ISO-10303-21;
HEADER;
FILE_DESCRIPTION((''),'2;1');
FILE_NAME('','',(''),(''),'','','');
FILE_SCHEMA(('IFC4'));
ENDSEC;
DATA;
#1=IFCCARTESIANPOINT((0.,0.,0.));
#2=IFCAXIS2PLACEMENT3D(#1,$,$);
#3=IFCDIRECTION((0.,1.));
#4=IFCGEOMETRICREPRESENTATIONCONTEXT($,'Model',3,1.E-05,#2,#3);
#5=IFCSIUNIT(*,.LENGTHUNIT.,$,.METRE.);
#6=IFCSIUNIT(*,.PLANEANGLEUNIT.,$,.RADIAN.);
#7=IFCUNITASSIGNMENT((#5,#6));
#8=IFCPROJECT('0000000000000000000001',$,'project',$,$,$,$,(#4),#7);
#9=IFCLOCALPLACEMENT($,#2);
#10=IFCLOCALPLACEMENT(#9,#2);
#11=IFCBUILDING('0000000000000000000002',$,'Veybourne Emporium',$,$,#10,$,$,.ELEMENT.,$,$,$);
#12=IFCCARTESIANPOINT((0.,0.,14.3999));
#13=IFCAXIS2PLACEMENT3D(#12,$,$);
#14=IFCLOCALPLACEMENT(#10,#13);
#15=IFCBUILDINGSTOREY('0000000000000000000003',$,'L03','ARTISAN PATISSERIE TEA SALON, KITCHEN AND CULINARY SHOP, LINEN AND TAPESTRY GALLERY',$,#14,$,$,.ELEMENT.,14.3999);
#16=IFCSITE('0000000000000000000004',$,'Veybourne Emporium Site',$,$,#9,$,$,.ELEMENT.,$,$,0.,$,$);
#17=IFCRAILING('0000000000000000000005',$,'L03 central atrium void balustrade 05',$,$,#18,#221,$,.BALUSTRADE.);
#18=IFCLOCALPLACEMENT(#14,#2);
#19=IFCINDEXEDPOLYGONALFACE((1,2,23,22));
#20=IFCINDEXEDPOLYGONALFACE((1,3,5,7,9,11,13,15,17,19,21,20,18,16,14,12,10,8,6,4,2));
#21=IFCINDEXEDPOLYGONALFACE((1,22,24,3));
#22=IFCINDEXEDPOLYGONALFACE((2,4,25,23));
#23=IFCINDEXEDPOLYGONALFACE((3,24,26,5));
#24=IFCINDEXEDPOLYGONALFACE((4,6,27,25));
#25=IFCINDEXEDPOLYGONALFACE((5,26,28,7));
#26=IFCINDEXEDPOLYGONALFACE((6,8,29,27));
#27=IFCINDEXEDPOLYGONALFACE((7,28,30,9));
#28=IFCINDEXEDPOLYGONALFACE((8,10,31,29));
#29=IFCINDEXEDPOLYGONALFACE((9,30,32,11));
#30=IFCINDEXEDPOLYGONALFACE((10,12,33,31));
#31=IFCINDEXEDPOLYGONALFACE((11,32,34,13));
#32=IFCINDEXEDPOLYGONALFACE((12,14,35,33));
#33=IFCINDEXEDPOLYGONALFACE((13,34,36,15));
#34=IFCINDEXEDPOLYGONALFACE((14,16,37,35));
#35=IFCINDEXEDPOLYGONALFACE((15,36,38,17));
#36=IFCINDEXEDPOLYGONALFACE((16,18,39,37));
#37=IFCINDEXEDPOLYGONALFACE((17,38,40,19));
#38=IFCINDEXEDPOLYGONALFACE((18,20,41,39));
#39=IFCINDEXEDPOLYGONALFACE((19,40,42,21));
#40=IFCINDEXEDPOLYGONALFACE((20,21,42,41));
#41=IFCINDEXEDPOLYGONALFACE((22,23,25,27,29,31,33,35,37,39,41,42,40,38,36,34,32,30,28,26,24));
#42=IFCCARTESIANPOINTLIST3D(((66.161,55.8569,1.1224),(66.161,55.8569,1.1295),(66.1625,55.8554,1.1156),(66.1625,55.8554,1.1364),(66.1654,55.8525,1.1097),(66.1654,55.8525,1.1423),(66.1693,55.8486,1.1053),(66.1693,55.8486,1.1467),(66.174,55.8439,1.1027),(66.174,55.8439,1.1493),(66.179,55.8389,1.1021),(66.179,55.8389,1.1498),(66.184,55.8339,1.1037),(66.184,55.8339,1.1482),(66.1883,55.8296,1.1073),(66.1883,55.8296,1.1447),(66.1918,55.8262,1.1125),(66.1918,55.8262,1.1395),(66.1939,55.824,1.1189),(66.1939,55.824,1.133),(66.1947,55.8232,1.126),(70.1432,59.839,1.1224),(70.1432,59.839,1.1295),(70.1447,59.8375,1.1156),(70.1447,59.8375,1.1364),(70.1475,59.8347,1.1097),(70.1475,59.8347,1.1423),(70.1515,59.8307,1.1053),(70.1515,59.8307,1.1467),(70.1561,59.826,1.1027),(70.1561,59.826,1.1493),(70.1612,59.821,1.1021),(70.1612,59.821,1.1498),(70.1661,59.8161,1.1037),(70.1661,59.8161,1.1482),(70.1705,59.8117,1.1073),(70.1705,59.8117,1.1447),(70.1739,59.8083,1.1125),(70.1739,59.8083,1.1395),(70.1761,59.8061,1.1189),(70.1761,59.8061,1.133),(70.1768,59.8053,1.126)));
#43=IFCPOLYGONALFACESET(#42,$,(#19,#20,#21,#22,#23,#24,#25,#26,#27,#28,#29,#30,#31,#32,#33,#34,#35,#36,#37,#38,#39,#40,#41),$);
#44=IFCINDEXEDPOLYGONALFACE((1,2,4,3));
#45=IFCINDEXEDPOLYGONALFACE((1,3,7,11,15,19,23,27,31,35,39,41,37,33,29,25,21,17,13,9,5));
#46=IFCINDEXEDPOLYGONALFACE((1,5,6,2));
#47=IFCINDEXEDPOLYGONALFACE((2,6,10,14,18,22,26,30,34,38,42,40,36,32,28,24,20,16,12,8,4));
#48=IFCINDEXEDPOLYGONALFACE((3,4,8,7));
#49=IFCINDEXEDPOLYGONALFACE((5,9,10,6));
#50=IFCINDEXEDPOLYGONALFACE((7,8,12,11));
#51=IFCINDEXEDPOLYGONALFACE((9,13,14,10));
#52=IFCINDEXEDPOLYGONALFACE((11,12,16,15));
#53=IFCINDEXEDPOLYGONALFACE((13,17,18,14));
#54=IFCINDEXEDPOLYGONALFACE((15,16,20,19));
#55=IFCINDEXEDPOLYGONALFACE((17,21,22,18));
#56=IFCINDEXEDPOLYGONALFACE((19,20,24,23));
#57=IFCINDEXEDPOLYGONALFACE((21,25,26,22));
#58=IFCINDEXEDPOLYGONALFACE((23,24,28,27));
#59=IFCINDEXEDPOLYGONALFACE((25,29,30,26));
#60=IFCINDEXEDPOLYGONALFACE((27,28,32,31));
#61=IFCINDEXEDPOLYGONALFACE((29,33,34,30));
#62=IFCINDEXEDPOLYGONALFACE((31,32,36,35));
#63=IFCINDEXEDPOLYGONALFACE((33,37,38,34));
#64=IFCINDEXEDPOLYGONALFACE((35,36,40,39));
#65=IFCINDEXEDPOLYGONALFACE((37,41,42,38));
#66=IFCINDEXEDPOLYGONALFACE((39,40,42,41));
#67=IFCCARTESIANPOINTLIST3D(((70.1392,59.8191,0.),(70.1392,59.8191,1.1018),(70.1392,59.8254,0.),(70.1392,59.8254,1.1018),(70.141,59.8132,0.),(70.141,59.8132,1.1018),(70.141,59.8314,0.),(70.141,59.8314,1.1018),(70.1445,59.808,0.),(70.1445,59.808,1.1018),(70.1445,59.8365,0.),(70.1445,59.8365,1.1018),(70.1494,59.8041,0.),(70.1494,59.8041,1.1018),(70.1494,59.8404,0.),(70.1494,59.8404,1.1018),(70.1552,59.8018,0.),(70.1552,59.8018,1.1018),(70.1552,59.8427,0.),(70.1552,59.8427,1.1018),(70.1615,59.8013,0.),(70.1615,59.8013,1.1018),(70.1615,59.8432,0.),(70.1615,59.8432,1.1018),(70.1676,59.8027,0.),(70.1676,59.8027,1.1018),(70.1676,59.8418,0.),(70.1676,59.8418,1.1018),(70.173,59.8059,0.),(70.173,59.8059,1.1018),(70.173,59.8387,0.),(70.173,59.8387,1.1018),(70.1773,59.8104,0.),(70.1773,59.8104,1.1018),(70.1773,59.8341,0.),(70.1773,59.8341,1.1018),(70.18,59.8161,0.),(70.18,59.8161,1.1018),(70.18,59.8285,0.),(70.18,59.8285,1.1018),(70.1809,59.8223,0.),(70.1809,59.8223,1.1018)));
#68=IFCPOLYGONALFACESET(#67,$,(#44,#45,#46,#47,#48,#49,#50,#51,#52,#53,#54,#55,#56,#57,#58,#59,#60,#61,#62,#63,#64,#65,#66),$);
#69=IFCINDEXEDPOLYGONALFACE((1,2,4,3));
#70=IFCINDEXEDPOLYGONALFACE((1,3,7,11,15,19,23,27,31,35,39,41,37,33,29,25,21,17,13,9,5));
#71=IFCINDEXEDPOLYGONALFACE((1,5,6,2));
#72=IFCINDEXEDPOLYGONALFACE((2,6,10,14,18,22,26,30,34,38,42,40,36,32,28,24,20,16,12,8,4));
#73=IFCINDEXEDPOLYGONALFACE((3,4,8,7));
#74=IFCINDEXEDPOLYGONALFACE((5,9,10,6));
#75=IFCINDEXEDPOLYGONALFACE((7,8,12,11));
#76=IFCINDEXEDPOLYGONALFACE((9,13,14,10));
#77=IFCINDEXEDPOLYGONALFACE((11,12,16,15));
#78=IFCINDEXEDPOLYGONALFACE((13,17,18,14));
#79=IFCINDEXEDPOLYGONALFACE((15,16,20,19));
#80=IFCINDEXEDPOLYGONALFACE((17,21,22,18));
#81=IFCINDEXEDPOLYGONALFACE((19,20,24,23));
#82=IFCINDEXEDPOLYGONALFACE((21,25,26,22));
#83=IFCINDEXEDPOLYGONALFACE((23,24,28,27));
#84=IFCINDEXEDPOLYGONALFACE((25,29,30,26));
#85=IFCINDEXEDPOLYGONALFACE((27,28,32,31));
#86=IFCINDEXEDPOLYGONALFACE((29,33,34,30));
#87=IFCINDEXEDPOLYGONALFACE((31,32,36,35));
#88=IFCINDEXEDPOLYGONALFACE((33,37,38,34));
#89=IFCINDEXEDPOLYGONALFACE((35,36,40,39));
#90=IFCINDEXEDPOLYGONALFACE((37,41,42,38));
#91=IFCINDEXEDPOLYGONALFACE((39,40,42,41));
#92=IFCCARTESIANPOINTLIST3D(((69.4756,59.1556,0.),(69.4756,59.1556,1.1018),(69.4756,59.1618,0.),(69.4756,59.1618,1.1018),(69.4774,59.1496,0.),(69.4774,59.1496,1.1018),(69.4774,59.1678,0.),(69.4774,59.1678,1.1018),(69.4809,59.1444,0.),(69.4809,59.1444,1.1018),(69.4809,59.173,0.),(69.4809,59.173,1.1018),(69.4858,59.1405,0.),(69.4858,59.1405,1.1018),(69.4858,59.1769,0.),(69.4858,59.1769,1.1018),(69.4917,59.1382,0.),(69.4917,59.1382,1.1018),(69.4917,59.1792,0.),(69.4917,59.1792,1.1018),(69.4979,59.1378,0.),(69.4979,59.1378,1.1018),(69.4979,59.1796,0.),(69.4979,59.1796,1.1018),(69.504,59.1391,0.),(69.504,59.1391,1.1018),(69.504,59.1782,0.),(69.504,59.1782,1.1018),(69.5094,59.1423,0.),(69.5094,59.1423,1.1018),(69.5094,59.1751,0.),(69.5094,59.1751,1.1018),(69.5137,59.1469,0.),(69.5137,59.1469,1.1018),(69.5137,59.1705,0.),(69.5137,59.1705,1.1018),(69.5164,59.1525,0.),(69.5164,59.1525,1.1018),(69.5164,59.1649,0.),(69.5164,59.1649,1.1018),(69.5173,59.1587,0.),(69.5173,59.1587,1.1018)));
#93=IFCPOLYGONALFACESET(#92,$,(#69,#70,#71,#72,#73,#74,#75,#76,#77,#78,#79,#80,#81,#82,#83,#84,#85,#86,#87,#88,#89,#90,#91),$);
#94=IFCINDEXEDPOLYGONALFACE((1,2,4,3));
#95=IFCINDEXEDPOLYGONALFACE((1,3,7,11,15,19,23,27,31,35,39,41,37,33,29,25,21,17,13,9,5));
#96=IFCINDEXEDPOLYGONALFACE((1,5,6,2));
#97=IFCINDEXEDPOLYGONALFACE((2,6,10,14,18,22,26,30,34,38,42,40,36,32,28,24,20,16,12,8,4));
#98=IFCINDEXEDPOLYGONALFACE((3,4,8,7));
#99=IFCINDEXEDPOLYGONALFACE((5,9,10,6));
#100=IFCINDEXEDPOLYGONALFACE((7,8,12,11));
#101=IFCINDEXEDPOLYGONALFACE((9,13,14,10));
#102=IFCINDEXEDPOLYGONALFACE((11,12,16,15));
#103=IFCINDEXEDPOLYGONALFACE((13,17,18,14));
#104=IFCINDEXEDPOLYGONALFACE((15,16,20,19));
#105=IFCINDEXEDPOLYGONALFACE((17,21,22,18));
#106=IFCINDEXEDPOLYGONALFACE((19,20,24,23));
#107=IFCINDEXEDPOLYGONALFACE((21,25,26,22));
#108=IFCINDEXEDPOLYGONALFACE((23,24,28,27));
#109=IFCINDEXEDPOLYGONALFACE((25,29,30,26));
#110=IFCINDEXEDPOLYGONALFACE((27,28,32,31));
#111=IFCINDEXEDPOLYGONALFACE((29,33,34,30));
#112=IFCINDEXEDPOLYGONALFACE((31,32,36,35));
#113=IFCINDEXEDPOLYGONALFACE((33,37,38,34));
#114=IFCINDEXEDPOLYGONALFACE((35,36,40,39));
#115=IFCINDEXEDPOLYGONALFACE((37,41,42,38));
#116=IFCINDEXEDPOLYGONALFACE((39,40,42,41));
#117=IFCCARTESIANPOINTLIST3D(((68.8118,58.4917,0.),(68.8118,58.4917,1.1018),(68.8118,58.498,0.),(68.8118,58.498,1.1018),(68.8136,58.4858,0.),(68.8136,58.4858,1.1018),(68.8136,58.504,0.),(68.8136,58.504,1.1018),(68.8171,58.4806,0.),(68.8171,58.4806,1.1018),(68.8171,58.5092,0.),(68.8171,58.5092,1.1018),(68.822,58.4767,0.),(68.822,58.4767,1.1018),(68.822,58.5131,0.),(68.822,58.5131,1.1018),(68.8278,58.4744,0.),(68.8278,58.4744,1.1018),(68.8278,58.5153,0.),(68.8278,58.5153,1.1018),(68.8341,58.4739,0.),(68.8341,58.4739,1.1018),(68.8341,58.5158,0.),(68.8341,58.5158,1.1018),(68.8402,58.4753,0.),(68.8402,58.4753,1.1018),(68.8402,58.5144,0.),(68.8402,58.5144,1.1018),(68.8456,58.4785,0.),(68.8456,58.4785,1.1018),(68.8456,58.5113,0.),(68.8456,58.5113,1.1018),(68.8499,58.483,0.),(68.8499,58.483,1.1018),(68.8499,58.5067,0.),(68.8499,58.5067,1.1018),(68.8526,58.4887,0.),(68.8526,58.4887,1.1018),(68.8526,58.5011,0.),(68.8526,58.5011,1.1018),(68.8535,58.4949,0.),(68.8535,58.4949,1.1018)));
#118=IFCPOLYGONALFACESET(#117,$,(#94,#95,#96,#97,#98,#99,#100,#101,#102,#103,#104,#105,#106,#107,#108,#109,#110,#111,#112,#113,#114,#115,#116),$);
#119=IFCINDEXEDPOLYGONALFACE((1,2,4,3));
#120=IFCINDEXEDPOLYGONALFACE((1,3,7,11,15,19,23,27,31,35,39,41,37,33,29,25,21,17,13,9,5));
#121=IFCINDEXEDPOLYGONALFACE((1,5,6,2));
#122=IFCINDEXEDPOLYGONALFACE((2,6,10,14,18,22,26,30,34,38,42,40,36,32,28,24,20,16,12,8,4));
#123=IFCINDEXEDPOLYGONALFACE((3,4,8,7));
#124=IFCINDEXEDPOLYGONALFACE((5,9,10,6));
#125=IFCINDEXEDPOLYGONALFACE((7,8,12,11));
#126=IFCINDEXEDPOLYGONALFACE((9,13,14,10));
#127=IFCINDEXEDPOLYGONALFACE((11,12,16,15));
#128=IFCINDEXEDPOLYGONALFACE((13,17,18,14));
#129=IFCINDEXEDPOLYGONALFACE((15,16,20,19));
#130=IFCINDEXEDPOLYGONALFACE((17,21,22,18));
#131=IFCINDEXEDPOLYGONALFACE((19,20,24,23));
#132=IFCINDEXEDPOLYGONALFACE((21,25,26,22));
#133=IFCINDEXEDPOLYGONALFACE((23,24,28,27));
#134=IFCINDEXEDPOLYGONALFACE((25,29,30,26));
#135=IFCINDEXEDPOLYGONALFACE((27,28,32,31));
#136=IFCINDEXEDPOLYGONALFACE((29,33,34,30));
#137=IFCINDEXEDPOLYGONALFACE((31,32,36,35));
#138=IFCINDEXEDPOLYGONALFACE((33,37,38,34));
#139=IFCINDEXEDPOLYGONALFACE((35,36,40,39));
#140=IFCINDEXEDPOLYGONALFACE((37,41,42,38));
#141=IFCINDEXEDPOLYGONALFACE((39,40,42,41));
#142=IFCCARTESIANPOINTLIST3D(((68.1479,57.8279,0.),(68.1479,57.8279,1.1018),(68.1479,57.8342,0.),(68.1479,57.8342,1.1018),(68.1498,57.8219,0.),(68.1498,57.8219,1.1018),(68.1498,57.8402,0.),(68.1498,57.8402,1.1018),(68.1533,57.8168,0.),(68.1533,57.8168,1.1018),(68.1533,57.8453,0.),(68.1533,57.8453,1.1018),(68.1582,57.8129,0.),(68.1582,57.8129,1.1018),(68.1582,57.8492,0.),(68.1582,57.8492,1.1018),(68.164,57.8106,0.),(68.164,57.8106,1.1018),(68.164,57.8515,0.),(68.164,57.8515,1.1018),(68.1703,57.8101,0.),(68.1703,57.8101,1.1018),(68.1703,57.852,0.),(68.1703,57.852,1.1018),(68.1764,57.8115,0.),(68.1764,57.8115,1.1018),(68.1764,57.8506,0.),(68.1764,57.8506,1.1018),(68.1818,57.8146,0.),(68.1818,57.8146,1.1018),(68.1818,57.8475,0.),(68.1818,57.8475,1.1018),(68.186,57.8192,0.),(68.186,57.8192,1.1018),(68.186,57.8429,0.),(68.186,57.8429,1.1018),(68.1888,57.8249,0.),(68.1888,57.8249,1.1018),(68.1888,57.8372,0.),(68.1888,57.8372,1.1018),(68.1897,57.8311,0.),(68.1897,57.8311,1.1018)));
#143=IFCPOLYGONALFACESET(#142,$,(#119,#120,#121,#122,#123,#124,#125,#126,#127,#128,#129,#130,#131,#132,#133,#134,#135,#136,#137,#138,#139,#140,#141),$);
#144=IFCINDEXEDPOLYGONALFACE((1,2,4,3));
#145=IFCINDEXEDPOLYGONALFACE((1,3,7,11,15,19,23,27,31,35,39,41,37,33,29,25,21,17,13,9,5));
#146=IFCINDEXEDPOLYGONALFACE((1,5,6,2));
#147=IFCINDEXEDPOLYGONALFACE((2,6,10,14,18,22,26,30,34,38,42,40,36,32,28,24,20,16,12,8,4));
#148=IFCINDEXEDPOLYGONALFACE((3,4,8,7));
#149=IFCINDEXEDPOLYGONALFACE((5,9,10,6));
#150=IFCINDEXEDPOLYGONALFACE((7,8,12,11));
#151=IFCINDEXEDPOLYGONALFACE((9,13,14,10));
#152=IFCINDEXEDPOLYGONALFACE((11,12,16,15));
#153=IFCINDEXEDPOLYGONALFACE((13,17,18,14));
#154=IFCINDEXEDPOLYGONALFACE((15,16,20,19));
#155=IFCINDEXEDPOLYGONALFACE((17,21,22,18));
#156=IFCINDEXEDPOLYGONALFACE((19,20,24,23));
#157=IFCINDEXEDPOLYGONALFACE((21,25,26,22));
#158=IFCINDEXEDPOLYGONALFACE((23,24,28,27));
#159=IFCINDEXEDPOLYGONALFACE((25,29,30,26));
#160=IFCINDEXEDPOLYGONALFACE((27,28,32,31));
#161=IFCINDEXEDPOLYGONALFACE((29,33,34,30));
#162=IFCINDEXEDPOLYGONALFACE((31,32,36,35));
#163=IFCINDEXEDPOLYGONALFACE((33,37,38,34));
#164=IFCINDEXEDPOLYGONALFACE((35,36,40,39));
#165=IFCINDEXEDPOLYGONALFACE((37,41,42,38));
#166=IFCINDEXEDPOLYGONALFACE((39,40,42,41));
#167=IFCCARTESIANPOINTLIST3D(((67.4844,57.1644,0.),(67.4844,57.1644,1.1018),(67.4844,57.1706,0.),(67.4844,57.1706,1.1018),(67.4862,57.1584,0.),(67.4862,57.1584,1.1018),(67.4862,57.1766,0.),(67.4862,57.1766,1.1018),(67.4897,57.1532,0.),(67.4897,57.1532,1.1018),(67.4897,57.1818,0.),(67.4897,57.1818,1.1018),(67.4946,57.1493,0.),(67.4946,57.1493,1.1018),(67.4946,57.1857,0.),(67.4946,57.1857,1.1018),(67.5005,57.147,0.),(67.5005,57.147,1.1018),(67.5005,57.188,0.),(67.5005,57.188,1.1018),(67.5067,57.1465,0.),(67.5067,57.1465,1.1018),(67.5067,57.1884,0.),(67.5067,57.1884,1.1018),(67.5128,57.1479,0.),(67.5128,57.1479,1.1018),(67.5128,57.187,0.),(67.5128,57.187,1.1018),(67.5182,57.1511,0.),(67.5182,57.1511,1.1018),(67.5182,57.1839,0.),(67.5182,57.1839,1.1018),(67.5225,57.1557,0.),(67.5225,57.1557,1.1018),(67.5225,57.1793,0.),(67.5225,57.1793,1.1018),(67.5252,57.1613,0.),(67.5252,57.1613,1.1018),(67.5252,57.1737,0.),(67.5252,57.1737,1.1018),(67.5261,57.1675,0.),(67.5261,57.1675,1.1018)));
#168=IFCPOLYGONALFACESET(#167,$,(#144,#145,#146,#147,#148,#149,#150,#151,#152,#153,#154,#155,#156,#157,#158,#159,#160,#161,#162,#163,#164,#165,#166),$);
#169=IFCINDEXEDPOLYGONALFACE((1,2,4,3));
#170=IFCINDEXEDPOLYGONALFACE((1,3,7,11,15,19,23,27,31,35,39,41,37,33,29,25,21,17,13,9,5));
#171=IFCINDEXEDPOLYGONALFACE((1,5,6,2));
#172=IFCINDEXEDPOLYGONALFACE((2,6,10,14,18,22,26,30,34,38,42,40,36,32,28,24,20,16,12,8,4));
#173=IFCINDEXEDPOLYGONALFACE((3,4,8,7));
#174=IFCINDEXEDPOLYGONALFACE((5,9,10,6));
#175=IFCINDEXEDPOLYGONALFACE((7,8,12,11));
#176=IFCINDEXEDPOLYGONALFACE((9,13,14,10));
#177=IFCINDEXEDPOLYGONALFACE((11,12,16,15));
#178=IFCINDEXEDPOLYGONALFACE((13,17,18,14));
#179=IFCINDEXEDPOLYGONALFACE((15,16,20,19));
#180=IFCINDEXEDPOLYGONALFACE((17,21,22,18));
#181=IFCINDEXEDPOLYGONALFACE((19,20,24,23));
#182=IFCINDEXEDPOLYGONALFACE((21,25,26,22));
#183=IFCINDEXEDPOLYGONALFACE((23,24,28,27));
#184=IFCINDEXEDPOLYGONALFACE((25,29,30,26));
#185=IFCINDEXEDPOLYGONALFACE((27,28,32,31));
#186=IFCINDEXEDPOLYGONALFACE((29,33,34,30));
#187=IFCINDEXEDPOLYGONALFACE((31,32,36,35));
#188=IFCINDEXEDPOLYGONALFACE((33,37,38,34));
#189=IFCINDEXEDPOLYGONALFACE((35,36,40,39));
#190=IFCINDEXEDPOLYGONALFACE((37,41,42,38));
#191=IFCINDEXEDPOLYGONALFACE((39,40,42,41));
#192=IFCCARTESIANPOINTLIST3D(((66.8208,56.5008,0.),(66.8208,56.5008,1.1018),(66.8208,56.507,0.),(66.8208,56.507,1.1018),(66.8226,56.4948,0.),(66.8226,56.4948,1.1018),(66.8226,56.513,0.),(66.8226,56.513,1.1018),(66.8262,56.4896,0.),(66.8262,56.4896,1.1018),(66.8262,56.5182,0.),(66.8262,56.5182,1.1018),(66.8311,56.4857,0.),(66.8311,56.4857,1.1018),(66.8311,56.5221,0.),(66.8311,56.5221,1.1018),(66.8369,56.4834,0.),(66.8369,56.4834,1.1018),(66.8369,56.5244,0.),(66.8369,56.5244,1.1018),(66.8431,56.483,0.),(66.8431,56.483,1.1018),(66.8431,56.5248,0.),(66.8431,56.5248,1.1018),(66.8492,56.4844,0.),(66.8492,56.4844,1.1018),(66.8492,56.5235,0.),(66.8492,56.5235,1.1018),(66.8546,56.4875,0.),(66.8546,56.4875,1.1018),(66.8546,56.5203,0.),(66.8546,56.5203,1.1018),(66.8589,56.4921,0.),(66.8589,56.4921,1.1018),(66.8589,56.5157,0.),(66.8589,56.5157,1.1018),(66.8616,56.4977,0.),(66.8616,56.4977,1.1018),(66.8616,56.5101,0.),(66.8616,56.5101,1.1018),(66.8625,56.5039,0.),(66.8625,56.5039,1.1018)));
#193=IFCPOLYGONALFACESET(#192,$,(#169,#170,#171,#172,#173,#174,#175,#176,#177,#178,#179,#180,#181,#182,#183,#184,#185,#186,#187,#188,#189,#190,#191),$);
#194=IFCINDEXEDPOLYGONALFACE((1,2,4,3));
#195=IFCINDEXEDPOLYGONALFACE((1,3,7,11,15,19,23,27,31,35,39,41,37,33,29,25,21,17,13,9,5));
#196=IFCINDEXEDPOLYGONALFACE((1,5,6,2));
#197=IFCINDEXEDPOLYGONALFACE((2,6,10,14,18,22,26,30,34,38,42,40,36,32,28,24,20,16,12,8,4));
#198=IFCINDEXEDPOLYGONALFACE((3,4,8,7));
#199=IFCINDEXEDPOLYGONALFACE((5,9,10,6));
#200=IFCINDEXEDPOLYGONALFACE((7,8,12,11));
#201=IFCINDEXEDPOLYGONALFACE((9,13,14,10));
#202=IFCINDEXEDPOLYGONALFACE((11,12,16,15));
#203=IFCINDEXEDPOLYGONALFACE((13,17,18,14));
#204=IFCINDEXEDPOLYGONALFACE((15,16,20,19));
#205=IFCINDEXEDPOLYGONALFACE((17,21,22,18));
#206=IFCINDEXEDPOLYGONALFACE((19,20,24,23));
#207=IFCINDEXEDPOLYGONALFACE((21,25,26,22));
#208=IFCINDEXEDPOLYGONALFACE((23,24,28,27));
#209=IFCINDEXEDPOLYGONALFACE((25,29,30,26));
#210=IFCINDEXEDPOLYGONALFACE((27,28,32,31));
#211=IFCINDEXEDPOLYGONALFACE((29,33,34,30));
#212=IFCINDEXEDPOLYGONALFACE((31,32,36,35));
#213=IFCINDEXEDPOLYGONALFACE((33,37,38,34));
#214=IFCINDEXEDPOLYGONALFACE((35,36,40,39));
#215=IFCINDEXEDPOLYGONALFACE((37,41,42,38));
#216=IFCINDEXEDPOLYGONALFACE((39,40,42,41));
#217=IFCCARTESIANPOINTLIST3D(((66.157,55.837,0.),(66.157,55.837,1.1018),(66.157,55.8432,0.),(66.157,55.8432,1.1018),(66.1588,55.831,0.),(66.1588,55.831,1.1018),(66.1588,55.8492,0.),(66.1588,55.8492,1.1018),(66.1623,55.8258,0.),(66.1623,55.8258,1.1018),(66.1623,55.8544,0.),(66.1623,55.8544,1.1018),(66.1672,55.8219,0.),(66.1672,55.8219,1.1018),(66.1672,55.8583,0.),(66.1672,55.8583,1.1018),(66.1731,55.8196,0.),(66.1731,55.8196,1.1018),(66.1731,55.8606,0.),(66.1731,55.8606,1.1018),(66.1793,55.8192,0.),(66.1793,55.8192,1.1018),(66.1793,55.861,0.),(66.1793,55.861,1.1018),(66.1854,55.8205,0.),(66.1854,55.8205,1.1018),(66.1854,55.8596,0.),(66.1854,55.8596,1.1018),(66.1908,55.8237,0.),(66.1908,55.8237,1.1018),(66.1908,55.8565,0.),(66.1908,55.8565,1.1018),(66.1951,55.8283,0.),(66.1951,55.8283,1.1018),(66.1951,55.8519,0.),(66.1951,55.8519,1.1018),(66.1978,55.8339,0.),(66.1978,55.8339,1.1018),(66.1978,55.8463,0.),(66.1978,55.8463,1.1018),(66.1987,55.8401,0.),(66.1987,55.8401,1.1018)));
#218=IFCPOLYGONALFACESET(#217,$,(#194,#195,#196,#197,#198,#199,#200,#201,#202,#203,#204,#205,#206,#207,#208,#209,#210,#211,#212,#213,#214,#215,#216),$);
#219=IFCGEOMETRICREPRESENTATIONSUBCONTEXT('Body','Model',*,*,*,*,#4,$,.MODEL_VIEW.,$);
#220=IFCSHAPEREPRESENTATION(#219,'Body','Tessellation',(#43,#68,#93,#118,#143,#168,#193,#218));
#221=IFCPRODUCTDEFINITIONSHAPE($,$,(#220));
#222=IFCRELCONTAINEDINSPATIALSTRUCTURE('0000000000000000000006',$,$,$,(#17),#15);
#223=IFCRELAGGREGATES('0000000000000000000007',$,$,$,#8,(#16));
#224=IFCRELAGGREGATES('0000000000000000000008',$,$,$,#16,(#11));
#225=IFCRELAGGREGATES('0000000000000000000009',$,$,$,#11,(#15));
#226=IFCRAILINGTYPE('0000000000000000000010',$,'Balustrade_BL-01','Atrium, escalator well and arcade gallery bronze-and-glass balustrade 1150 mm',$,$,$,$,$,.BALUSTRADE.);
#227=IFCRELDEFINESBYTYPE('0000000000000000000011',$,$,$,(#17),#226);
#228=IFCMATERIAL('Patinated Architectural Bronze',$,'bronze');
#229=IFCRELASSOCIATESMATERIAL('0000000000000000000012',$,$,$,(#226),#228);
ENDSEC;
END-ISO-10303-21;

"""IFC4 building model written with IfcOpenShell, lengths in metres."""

from ifc_helpers import new_model, si_unit, direction, frame, origin, origin_2d, place, context, subcontext, project, spatial, circle, extrude, material, type_object, element, save


model = new_model("IFC4")

# Units and contexts
model_context = context("Model", 3, precision=1e-05, world=origin(), true_north=direction((0.0, 1.0)))
body_context = subcontext(model_context, "Body", "Model", "MODEL_VIEW")
ifc_project = project(units=[si_unit("LENGTHUNIT", "METRE"), si_unit("PLANEANGLEUNIT", "RADIAN")], contexts=[model_context])

# Site, building, storey
site_placement = place(None, origin())
site = spatial("IfcSite", under=ifc_project, at=site_placement, Name="Veybourne Emporium Site", CompositionType="ELEMENT", RefElevation=0.0)
building_placement = place(site_placement, origin())
building = spatial("IfcBuilding", under=site, at=building_placement, Name="Veybourne Emporium", CompositionType="ELEMENT")
storey_placement = place(building_placement, frame((0.0, 0.0, 14.3999)))
storey = spatial("IfcBuildingStorey", under=building, at=storey_placement, Name="L03", Description="ARTISAN PATISSERIE TEA SALON, KITCHEN AND CULINARY SHOP, LINEN AND TAPESTRY GALLERY", CompositionType="ELEMENT", Elevation=14.3999)

# Railing
ifc_material_1 = material(Name="Patinated Architectural Bronze", Category="bronze")
railing_type = type_object("IfcRailingType", Name="Balustrade_BL-01", Description="Atrium, escalator well and arcade gallery bronze-and-glass balustrade 1150 mm", PredefinedType="BALUSTRADE", material=ifc_material_1)
railing_1_placement = place(storey_placement, frame((70.1599, 59.8223, 0.0)))
element("IfcRailing", 1, at=railing_1_placement, inside=storey, type_object=railing_type, Name="L03 central atrium void balustrade 05", PredefinedType="BALUSTRADE", context=body_context, shape_type="SweptSolid", body=[
    extrude(circle(Radius=0.0239, at=origin_2d()), frame((0.0, 0.0, 1.126), z_axis=(-0.707107, -0.707107, 0.0), x_axis=(0.707107, -0.707107, 0.0)), (0.0, 0.0, 1.0), 5.6316),
    extrude(circle(Radius=0.021, at=origin_2d()), origin(), (0.0, 0.0, 1.0), 1.1018),
    extrude(circle(Radius=0.021, at=origin_2d()), frame((-0.6636, -0.6636, 0.0)), (0.0, 0.0, 1.0), 1.1018),
    extrude(circle(Radius=0.021, at=origin_2d()), frame((-1.3274, -1.3274, 0.0)), (0.0, 0.0, 1.0), 1.1018),
    extrude(circle(Radius=0.021, at=origin_2d()), frame((-1.9912, -1.9912, 0.0)), (0.0, 0.0, 1.0), 1.1018),
    extrude(circle(Radius=0.021, at=origin_2d()), frame((-2.6548, -2.6548, 0.0)), (0.0, 0.0, 1.0), 1.1018),
    extrude(circle(Radius=0.021, at=origin_2d()), frame((-3.3184, -3.3184, 0.0)), (0.0, 0.0, 1.0), 1.1018),
    extrude(circle(Radius=0.021, at=origin_2d()), frame((-3.9822, -3.9822, 0.0)), (0.0, 0.0, 1.0), 1.1018),
])

save(model, "model.ifc")
